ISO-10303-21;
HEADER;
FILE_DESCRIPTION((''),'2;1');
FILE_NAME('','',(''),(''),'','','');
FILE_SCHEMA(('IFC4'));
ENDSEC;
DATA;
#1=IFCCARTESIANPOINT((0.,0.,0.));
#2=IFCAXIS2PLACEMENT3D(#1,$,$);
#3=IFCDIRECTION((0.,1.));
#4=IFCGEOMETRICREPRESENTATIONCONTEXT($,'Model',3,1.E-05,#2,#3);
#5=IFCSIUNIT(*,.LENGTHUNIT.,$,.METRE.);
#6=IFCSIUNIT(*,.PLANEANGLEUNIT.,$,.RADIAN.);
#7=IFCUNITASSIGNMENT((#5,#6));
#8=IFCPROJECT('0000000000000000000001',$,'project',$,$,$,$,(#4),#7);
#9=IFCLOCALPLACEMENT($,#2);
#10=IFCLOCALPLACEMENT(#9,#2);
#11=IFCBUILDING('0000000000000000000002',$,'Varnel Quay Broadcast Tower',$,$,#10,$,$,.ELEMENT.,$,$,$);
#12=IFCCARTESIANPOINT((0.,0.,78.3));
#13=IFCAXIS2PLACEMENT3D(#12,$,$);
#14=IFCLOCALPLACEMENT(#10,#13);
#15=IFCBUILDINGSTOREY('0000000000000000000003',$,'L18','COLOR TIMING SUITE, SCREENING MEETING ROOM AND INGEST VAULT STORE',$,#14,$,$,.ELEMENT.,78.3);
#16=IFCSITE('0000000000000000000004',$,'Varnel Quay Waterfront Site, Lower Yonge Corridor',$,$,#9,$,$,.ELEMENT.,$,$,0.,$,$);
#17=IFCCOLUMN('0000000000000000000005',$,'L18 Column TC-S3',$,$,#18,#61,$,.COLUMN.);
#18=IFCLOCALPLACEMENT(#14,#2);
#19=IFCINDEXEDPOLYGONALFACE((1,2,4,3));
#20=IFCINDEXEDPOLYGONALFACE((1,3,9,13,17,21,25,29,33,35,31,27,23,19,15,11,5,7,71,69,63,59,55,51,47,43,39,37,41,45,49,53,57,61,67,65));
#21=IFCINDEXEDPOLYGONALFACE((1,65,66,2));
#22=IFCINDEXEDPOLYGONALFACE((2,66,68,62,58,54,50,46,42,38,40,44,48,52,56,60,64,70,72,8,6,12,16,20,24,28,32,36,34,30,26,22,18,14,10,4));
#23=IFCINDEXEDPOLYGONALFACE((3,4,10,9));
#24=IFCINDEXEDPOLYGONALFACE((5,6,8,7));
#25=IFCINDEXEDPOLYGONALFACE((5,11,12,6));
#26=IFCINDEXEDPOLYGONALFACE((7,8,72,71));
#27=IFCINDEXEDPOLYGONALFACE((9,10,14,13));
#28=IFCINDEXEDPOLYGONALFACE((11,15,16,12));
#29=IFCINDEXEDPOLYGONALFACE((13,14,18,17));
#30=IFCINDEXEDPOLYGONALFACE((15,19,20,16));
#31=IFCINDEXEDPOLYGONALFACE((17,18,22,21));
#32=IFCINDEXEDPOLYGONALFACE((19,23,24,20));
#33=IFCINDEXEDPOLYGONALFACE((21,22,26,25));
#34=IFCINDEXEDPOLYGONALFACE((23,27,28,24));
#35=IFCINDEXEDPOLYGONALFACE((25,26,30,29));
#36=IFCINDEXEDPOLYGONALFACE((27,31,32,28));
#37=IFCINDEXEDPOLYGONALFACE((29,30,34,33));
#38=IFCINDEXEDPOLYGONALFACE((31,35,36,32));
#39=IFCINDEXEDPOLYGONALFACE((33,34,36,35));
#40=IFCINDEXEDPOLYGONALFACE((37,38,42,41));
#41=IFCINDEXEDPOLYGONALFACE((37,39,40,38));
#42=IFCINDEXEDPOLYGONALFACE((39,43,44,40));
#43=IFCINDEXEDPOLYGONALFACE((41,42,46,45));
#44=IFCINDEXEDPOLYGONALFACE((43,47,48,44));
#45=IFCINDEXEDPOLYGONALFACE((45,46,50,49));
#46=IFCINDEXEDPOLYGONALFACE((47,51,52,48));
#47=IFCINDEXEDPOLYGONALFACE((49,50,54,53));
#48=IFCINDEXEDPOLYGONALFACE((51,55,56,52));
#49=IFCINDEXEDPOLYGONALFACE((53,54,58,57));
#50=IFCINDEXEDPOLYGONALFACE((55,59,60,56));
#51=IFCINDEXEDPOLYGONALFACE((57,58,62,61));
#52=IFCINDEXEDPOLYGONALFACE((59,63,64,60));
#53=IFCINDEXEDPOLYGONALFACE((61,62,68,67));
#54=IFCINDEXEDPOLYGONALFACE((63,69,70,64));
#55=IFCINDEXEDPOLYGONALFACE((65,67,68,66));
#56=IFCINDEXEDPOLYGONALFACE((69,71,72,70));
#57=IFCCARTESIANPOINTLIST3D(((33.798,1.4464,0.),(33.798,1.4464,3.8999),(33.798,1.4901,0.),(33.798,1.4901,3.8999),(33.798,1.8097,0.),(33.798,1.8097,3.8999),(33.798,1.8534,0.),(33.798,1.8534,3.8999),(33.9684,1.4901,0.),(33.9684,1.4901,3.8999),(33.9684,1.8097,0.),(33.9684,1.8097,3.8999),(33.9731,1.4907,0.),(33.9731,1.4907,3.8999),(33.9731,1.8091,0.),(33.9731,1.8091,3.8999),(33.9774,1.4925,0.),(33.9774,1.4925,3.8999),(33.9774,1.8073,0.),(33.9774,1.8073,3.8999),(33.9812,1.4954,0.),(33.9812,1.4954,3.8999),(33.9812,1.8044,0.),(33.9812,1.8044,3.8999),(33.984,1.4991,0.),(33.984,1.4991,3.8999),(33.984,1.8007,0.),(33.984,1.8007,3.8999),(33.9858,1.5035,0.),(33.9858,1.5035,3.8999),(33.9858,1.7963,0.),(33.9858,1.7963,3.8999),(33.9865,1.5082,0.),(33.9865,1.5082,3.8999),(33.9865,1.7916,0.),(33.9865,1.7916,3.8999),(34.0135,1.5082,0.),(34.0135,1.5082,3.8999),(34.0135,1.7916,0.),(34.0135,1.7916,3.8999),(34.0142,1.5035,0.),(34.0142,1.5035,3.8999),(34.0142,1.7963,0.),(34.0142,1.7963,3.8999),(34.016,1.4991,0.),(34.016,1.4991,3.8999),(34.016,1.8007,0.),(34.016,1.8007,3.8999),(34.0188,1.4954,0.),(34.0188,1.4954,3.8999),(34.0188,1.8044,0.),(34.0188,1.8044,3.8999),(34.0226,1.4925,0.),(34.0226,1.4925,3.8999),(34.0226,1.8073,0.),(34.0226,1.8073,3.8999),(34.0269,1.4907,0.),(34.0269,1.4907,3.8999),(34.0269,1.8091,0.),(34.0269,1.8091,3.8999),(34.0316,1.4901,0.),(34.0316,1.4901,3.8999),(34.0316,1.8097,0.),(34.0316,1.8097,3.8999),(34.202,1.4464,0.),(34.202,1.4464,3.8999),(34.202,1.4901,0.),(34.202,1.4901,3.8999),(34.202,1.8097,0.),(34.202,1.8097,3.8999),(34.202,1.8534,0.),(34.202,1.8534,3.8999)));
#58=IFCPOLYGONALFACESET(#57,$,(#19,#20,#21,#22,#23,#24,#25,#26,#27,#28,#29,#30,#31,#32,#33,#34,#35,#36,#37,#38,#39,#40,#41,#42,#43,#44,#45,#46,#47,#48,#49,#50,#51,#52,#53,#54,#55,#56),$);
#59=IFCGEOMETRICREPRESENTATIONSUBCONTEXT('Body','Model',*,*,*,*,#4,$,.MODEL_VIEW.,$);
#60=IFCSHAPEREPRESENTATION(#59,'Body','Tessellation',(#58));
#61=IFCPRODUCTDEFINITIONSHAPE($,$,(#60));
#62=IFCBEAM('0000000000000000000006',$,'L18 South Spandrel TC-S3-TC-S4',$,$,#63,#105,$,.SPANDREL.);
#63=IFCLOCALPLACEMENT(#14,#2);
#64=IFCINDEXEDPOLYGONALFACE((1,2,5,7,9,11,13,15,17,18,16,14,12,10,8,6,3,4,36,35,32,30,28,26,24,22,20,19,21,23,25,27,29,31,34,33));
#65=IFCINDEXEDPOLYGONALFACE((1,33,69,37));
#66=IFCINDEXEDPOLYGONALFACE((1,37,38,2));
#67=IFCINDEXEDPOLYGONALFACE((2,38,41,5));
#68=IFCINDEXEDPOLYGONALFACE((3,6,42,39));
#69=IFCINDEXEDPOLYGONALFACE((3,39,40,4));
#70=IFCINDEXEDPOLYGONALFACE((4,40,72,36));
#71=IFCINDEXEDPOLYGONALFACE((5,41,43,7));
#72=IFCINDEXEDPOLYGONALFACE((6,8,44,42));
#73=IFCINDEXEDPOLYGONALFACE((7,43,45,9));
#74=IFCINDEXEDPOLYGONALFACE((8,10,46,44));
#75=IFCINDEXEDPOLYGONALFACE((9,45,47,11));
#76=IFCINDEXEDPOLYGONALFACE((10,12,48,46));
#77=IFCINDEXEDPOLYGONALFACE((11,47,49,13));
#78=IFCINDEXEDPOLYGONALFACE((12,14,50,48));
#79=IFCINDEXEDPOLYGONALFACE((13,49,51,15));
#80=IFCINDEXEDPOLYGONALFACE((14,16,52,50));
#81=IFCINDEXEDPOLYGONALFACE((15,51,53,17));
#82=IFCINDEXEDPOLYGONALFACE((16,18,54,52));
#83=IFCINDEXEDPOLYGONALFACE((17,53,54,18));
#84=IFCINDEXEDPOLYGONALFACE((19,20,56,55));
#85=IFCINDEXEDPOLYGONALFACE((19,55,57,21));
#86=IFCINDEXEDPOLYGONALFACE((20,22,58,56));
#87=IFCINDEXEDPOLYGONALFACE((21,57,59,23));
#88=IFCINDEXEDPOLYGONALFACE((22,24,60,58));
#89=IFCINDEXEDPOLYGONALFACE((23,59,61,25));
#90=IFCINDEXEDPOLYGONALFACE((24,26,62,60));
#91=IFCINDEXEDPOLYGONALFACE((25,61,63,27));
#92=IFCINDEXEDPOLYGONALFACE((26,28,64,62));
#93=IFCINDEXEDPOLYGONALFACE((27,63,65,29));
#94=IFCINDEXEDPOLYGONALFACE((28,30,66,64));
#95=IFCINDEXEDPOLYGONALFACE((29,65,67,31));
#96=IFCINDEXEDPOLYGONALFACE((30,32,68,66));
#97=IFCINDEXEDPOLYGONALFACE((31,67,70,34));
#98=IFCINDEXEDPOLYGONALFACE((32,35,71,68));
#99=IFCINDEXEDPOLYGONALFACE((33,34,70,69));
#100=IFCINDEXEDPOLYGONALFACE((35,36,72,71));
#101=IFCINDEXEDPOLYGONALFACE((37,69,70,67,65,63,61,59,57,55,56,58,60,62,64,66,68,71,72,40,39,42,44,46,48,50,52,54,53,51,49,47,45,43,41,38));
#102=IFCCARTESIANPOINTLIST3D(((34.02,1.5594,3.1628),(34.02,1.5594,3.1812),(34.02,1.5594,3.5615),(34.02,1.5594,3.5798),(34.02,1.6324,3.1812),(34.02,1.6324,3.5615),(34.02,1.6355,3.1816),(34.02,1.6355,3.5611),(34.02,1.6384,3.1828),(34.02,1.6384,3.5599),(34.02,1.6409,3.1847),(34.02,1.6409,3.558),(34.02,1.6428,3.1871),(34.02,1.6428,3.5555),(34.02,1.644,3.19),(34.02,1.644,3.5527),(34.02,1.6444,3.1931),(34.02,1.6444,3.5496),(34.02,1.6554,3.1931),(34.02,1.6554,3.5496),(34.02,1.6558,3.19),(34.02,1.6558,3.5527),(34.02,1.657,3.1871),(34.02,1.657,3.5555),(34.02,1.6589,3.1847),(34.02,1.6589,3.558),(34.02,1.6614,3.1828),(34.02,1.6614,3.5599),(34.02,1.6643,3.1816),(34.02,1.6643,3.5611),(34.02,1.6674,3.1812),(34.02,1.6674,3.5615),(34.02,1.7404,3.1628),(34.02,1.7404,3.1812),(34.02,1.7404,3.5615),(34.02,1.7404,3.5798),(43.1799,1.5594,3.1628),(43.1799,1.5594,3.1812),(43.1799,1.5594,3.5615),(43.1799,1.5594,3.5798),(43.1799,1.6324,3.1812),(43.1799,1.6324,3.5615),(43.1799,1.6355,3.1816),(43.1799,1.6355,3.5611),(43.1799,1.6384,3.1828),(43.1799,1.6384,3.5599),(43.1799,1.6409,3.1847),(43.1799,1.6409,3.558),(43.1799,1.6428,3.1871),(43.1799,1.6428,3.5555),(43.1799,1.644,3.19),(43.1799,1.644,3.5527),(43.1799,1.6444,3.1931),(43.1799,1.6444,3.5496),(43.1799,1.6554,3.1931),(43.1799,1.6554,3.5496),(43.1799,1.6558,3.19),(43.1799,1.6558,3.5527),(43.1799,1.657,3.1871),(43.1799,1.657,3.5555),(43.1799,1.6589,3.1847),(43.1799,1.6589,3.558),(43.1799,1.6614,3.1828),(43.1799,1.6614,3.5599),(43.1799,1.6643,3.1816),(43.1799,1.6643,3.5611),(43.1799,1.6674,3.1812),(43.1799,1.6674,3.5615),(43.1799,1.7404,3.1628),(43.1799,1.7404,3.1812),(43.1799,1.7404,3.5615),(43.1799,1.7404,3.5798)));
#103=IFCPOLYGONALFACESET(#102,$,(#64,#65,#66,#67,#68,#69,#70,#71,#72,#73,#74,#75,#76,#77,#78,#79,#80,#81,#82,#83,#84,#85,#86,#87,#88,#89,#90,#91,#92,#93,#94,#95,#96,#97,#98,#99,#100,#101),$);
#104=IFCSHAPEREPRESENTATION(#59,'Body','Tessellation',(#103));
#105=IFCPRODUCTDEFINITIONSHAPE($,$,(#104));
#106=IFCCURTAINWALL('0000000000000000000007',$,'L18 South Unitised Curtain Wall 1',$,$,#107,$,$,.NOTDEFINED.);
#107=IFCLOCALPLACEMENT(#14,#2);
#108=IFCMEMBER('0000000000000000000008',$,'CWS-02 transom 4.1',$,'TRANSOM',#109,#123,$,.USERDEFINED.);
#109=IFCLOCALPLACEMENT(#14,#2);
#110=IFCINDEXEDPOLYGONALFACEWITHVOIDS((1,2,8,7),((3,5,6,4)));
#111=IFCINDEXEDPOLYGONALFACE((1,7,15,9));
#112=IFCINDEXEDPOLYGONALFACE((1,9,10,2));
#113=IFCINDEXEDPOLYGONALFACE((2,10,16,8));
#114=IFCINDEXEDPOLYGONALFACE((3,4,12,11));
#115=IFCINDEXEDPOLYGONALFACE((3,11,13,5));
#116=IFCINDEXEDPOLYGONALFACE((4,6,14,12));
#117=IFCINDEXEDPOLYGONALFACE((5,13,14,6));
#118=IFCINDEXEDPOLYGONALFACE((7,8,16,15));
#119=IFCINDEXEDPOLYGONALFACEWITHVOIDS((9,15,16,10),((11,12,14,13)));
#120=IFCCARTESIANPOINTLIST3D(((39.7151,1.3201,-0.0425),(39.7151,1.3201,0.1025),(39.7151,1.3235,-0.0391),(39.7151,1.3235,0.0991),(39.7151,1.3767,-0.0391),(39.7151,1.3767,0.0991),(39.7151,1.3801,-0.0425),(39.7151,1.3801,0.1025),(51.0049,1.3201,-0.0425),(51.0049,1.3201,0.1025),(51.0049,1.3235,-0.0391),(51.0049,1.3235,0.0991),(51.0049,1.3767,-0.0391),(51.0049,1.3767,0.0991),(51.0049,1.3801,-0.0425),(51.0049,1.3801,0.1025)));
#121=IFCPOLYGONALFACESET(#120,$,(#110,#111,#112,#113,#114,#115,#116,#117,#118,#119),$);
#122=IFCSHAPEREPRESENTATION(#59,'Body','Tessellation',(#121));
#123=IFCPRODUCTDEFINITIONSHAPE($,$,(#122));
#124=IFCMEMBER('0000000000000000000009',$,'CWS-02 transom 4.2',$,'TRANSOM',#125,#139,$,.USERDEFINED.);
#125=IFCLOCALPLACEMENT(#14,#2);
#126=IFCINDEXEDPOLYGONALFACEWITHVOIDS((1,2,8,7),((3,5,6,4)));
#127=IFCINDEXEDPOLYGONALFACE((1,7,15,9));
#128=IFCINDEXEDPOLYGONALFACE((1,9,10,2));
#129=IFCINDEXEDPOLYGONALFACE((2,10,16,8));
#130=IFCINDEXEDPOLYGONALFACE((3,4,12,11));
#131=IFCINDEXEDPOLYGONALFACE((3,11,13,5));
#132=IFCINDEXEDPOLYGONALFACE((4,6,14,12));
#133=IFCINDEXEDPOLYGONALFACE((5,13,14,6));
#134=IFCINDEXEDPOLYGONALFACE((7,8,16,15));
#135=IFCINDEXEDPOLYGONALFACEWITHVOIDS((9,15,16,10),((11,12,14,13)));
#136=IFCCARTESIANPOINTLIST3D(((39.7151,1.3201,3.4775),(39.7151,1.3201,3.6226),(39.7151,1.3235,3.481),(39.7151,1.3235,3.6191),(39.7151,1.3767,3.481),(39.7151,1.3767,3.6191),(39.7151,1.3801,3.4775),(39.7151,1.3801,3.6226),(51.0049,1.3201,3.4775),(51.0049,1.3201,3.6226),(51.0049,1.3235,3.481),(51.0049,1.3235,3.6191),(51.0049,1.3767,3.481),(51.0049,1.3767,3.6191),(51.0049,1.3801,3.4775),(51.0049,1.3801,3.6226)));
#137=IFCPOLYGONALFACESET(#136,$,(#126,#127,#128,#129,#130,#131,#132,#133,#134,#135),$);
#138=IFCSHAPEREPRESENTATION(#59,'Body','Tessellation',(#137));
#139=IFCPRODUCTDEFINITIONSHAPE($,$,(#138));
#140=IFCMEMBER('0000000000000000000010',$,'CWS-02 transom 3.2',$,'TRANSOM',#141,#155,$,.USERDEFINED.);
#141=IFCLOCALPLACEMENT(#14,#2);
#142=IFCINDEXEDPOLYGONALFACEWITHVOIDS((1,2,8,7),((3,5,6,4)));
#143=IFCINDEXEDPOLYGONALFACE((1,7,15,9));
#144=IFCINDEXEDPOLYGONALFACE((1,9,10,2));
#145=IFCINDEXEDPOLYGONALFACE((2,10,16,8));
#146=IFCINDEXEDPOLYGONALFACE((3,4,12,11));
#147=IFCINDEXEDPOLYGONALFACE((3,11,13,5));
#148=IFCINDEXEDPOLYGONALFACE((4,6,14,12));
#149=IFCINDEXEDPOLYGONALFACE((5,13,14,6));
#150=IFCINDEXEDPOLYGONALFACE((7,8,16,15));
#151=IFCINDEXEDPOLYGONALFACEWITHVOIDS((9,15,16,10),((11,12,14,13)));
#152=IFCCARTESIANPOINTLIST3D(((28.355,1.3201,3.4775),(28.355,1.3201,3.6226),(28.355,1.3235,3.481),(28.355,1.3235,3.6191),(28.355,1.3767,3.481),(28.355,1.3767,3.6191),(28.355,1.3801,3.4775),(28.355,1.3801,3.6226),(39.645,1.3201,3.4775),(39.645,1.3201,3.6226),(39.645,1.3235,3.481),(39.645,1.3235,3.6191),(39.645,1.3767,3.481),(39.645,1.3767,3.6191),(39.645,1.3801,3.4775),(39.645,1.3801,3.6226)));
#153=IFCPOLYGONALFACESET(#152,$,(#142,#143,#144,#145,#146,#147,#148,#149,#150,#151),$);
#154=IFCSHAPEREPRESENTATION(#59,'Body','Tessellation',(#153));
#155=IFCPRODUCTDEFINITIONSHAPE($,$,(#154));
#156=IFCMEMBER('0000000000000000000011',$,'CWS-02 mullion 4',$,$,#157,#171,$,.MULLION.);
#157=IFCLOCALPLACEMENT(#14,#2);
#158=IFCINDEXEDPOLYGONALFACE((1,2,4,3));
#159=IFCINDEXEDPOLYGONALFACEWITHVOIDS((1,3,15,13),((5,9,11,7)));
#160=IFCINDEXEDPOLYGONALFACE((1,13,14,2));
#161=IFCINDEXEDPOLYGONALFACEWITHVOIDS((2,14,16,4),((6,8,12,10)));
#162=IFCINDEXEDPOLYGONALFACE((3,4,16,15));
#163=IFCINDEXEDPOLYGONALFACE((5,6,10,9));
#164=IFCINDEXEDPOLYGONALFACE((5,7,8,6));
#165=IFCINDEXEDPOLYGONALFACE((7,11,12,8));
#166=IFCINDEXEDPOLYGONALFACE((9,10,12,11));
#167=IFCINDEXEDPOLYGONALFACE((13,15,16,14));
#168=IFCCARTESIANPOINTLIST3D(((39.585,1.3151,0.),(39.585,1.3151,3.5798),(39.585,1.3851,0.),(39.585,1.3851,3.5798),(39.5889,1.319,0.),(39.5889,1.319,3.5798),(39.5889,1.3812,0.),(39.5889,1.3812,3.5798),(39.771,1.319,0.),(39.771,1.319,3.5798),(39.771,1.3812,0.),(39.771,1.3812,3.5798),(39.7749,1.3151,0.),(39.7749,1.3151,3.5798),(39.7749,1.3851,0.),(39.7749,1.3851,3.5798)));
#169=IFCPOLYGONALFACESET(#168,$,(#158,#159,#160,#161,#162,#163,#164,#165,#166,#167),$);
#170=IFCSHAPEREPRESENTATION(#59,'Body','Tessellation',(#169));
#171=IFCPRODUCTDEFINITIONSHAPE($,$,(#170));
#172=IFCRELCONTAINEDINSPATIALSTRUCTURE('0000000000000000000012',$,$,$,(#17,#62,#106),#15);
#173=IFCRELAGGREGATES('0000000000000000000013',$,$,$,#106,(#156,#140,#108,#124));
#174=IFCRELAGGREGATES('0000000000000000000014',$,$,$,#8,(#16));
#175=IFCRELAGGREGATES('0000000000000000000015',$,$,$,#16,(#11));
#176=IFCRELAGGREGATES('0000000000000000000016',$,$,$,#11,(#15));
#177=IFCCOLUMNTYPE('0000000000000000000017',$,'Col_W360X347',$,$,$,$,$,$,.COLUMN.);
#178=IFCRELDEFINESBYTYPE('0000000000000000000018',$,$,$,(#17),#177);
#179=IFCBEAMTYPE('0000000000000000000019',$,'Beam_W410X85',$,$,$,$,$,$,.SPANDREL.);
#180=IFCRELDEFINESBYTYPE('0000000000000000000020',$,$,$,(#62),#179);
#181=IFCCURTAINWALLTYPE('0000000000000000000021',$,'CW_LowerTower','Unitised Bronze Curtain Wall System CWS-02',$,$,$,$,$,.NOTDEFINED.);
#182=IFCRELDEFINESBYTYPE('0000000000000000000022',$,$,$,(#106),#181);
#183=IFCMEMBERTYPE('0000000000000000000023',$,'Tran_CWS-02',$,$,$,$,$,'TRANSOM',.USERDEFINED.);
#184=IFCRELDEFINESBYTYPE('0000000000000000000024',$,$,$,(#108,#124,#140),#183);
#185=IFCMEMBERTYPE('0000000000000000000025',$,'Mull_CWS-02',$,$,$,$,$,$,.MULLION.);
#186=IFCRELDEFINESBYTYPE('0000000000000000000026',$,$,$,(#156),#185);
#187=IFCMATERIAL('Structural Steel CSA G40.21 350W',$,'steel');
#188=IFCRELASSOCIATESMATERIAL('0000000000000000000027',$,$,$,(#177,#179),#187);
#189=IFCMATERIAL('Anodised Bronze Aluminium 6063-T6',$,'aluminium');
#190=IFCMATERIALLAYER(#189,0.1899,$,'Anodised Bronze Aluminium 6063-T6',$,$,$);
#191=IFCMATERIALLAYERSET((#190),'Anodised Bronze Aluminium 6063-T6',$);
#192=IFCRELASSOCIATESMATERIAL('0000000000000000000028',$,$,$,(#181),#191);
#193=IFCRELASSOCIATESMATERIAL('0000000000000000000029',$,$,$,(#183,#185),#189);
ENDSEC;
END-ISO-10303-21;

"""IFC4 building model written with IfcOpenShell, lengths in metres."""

from ifc_helpers import new_model, si_unit, direction, frame, origin, origin_2d, place, context, subcontext, project, spatial, hollow_rectangle, i_section, extrude, source, transform, mapped, material, layer, layer_set, material_profile, profile_set, type_object, type_shapes, element, aggregate, save


model = new_model("IFC4")

# Units and contexts
model_context = context("Model", 3, precision=1e-05, world=origin(), true_north=direction((0.0, 1.0)))
body_context = subcontext(model_context, "Body", "Model", "MODEL_VIEW")
ifc_project = project(units=[si_unit("LENGTHUNIT", "METRE"), si_unit("PLANEANGLEUNIT", "RADIAN")], contexts=[model_context])

# Site, building, storey
site_placement = place(None, origin())
site = spatial("IfcSite", under=ifc_project, at=site_placement, Name="Varnel Quay Waterfront Site, Lower Yonge Corridor", CompositionType="ELEMENT", RefElevation=0.0)
building_placement = place(site_placement, origin())
building = spatial("IfcBuilding", under=site, at=building_placement, Name="Varnel Quay Broadcast Tower", CompositionType="ELEMENT")
storey_placement = place(building_placement, frame((0.0, 0.0, 78.3)))
storey = spatial("IfcBuildingStorey", under=building, at=storey_placement, Name="L18", Description="COLOR TIMING SUITE, SCREENING MEETING ROOM AND INGEST VAULT STORE", CompositionType="ELEMENT", Elevation=78.3)

# Column
ifc_material_1 = material(Name="Structural Steel CSA G40.21 350W", Category="steel")
ifc_material_profile_1 = material_profile(ifc_material_1, i_section(OverallWidth=0.4041, OverallDepth=0.407, WebThickness=0.0271, FlangeThickness=0.0437, FilletRadius=0.0181, at=origin_2d()), Name="W360X347")
ifc_profile_set_1 = profile_set([ifc_material_profile_1], Name="Structural Steel CSA G40.21 350W")
column_type = type_object("IfcColumnType", Name="Col_W360X347", PredefinedType="COLUMN", material=ifc_profile_set_1)
shared_shape_1 = source(origin(), body_context, "Body", "SweptSolid", [
    extrude(i_section(OverallWidth=0.4041, OverallDepth=0.407, WebThickness=0.0271, FlangeThickness=0.0437, FilletRadius=0.0181, at=origin_2d()), origin(), (0.0, 0.0, 1.0), 3.8999),
])
type_shapes(column_type, [shared_shape_1])
column_placement = place(storey_placement, frame((34.0, 1.6499, 0.0), z_axis=(0.0, 0.0, 1.0), x_axis=(1.0, 0.0, 0.0)))
element("IfcColumn", 1, at=column_placement, inside=storey, type_object=column_type, Name="L18 Column TC-S3", PredefinedType="COLUMN", context=body_context, shape_type="MappedRepresentation", body=[
    mapped(shared_shape_1, transform((0.0, 0.0, 0.0), x_axis=(1.0, 0.0, 0.0), y_axis=(0.0, 1.0, 0.0), z_axis=(0.0, 0.0, 1.0), scale=1.0)),
])

# Beam
ifc_material_profile_2 = material_profile(ifc_material_1, i_section(OverallWidth=0.1809, OverallDepth=0.417, WebThickness=0.011, FlangeThickness=0.0183, FilletRadius=0.012, at=origin_2d()), Name="W410X85")
ifc_profile_set_2 = profile_set([ifc_material_profile_2], Name="Structural Steel CSA G40.21 350W")
beam_type = type_object("IfcBeamType", Name="Beam_W410X85", PredefinedType="SPANDREL", material=ifc_profile_set_2)
shared_shape_2 = source(origin(), body_context, "Body", "SweptSolid", [
    extrude(i_section(OverallWidth=0.1809, OverallDepth=0.417, WebThickness=0.011, FlangeThickness=0.0183, FilletRadius=0.012, at=origin_2d()), origin(), (0.0, 0.0, 1.0), 9.1599),
])
type_shapes(beam_type, [shared_shape_2])
beam_placement = place(storey_placement, frame((34.02, 1.6499, 3.3713), z_axis=(1.0, 0.0, 0.0), x_axis=(0.0, 1.0, 0.0)))
element("IfcBeam", 2, at=beam_placement, inside=storey, type_object=beam_type, Name="L18 South Spandrel TC-S3-TC-S4", PredefinedType="SPANDREL", context=body_context, shape_type="MappedRepresentation", body=[
    mapped(shared_shape_2, transform((0.0, 0.0, 0.0), x_axis=(1.0, 0.0, 0.0), y_axis=(0.0, 1.0, 0.0), z_axis=(0.0, 0.0, 1.0), scale=1.0)),
])

# Curtain wall, members
ifc_material_2 = material(Name="Anodised Bronze Aluminium 6063-T6", Category="aluminium")
ifc_layer_1 = layer(ifc_material_2, 0.1899, Name="Anodised Bronze Aluminium 6063-T6")
ifc_layer_set_1 = layer_set([ifc_layer_1], Name="Anodised Bronze Aluminium 6063-T6")
curtain_wall_type = type_object("IfcCurtainWallType", Name="CW_LowerTower", Description="Unitised Bronze Curtain Wall System CWS-02", PredefinedType="NOTDEFINED", material=ifc_layer_set_1)
curtain_wall_placement = place(storey_placement, origin())
curtain_wall = element("IfcCurtainWall", 3, at=curtain_wall_placement, inside=storey, type_object=curtain_wall_type, Name="L18 South Unitised Curtain Wall 1", PredefinedType="NOTDEFINED")
ifc_material_profile_3 = material_profile(ifc_material_2, hollow_rectangle(XDim=0.0601, YDim=0.145, WallThickness=0.0034, at=origin_2d()), Name="ALU60X145X3.5")
ifc_profile_set_3 = profile_set([ifc_material_profile_3], Name="Anodised Bronze Aluminium 6063-T6")
member_type_1 = type_object("IfcMemberType", Name="Tran_CWS-02", ElementType="TRANSOM", PredefinedType="USERDEFINED", material=ifc_profile_set_3)
shared_shape_3 = source(origin(), body_context, "Body", "SweptSolid", [
    extrude(hollow_rectangle(XDim=0.0601, YDim=0.145, WallThickness=0.0034, at=origin_2d()), origin(), (0.0, 0.0, 1.0), 11.2898),
])
member_1_placement = place(storey_placement, frame((39.7151, 1.3501, 0.03), z_axis=(1.0, 0.0, 0.0), x_axis=(0.0, 1.0, 0.0)))
member_1 = element("IfcMember", 4, at=member_1_placement, type_object=member_type_1, Name="CWS-02 transom 4.1", ObjectType="TRANSOM", PredefinedType="USERDEFINED", context=body_context, shape_type="MappedRepresentation", body=[
    mapped(shared_shape_3, transform((0.0, 0.0, 0.0), x_axis=(1.0, 0.0, 0.0), y_axis=(0.0, 1.0, 0.0), z_axis=(0.0, 0.0, 1.0), scale=1.0)),
])
member_2_placement = place(storey_placement, frame((39.7151, 1.3501, 3.55), z_axis=(1.0, 0.0, 0.0), x_axis=(0.0, 1.0, 0.0)))
member_2 = element("IfcMember", 5, at=member_2_placement, type_object=member_type_1, Name="CWS-02 transom 4.2", ObjectType="TRANSOM", PredefinedType="USERDEFINED", context=body_context, shape_type="MappedRepresentation", body=[
    mapped(shared_shape_3, transform((0.0, 0.0, 0.0), x_axis=(1.0, 0.0, 0.0), y_axis=(0.0, 1.0, 0.0), z_axis=(0.0, 0.0, 1.0), scale=1.0)),
])
shared_shape_4 = source(origin(), body_context, "Body", "SweptSolid", [
    extrude(hollow_rectangle(XDim=0.0601, YDim=0.145, WallThickness=0.0034, at=origin_2d()), origin(), (0.0, 0.0, 1.0), 11.29),
])
type_shapes(member_type_1, [shared_shape_3, shared_shape_4])
member_3_placement = place(storey_placement, frame((28.355, 1.3501, 3.55), z_axis=(1.0, 0.0, 0.0), x_axis=(0.0, 1.0, 0.0)))
member_3 = element("IfcMember", 6, at=member_3_placement, type_object=member_type_1, Name="CWS-02 transom 3.2", ObjectType="TRANSOM", PredefinedType="USERDEFINED", context=body_context, shape_type="MappedRepresentation", body=[
    mapped(shared_shape_4, transform((0.0, 0.0, 0.0), x_axis=(1.0, 0.0, 0.0), y_axis=(0.0, 1.0, 0.0), z_axis=(0.0, 0.0, 1.0), scale=1.0)),
])
ifc_material_profile_4 = material_profile(ifc_material_2, hollow_rectangle(XDim=0.0701, YDim=0.1899, WallThickness=0.0039, at=origin_2d()), Name="ALU70X190X4")
ifc_profile_set_4 = profile_set([ifc_material_profile_4], Name="Anodised Bronze Aluminium 6063-T6")
member_type_2 = type_object("IfcMemberType", Name="Mull_CWS-02", PredefinedType="MULLION", material=ifc_profile_set_4)
shared_shape_5 = source(origin(), body_context, "Body", "SweptSolid", [
    extrude(hollow_rectangle(XDim=0.0701, YDim=0.1899, WallThickness=0.0039, at=origin_2d()), origin(), (0.0, 0.0, 1.0), 3.5798),
])
type_shapes(member_type_2, [shared_shape_5])
member_4_placement = place(storey_placement, frame((39.6799, 1.3501, 0.0), z_axis=(0.0, 0.0, 1.0), x_axis=(0.0, 1.0, 0.0)))
member_4 = element("IfcMember", 7, at=member_4_placement, type_object=member_type_2, Name="CWS-02 mullion 4", PredefinedType="MULLION", context=body_context, shape_type="MappedRepresentation", body=[
    mapped(shared_shape_5, transform((0.0, 0.0, 0.0), x_axis=(1.0, 0.0, 0.0), y_axis=(0.0, 1.0, 0.0), z_axis=(0.0, 0.0, 1.0), scale=1.0)),
])

aggregate(curtain_wall, [member_4, member_3, member_1, member_2])

save(model, "model.ifc")
